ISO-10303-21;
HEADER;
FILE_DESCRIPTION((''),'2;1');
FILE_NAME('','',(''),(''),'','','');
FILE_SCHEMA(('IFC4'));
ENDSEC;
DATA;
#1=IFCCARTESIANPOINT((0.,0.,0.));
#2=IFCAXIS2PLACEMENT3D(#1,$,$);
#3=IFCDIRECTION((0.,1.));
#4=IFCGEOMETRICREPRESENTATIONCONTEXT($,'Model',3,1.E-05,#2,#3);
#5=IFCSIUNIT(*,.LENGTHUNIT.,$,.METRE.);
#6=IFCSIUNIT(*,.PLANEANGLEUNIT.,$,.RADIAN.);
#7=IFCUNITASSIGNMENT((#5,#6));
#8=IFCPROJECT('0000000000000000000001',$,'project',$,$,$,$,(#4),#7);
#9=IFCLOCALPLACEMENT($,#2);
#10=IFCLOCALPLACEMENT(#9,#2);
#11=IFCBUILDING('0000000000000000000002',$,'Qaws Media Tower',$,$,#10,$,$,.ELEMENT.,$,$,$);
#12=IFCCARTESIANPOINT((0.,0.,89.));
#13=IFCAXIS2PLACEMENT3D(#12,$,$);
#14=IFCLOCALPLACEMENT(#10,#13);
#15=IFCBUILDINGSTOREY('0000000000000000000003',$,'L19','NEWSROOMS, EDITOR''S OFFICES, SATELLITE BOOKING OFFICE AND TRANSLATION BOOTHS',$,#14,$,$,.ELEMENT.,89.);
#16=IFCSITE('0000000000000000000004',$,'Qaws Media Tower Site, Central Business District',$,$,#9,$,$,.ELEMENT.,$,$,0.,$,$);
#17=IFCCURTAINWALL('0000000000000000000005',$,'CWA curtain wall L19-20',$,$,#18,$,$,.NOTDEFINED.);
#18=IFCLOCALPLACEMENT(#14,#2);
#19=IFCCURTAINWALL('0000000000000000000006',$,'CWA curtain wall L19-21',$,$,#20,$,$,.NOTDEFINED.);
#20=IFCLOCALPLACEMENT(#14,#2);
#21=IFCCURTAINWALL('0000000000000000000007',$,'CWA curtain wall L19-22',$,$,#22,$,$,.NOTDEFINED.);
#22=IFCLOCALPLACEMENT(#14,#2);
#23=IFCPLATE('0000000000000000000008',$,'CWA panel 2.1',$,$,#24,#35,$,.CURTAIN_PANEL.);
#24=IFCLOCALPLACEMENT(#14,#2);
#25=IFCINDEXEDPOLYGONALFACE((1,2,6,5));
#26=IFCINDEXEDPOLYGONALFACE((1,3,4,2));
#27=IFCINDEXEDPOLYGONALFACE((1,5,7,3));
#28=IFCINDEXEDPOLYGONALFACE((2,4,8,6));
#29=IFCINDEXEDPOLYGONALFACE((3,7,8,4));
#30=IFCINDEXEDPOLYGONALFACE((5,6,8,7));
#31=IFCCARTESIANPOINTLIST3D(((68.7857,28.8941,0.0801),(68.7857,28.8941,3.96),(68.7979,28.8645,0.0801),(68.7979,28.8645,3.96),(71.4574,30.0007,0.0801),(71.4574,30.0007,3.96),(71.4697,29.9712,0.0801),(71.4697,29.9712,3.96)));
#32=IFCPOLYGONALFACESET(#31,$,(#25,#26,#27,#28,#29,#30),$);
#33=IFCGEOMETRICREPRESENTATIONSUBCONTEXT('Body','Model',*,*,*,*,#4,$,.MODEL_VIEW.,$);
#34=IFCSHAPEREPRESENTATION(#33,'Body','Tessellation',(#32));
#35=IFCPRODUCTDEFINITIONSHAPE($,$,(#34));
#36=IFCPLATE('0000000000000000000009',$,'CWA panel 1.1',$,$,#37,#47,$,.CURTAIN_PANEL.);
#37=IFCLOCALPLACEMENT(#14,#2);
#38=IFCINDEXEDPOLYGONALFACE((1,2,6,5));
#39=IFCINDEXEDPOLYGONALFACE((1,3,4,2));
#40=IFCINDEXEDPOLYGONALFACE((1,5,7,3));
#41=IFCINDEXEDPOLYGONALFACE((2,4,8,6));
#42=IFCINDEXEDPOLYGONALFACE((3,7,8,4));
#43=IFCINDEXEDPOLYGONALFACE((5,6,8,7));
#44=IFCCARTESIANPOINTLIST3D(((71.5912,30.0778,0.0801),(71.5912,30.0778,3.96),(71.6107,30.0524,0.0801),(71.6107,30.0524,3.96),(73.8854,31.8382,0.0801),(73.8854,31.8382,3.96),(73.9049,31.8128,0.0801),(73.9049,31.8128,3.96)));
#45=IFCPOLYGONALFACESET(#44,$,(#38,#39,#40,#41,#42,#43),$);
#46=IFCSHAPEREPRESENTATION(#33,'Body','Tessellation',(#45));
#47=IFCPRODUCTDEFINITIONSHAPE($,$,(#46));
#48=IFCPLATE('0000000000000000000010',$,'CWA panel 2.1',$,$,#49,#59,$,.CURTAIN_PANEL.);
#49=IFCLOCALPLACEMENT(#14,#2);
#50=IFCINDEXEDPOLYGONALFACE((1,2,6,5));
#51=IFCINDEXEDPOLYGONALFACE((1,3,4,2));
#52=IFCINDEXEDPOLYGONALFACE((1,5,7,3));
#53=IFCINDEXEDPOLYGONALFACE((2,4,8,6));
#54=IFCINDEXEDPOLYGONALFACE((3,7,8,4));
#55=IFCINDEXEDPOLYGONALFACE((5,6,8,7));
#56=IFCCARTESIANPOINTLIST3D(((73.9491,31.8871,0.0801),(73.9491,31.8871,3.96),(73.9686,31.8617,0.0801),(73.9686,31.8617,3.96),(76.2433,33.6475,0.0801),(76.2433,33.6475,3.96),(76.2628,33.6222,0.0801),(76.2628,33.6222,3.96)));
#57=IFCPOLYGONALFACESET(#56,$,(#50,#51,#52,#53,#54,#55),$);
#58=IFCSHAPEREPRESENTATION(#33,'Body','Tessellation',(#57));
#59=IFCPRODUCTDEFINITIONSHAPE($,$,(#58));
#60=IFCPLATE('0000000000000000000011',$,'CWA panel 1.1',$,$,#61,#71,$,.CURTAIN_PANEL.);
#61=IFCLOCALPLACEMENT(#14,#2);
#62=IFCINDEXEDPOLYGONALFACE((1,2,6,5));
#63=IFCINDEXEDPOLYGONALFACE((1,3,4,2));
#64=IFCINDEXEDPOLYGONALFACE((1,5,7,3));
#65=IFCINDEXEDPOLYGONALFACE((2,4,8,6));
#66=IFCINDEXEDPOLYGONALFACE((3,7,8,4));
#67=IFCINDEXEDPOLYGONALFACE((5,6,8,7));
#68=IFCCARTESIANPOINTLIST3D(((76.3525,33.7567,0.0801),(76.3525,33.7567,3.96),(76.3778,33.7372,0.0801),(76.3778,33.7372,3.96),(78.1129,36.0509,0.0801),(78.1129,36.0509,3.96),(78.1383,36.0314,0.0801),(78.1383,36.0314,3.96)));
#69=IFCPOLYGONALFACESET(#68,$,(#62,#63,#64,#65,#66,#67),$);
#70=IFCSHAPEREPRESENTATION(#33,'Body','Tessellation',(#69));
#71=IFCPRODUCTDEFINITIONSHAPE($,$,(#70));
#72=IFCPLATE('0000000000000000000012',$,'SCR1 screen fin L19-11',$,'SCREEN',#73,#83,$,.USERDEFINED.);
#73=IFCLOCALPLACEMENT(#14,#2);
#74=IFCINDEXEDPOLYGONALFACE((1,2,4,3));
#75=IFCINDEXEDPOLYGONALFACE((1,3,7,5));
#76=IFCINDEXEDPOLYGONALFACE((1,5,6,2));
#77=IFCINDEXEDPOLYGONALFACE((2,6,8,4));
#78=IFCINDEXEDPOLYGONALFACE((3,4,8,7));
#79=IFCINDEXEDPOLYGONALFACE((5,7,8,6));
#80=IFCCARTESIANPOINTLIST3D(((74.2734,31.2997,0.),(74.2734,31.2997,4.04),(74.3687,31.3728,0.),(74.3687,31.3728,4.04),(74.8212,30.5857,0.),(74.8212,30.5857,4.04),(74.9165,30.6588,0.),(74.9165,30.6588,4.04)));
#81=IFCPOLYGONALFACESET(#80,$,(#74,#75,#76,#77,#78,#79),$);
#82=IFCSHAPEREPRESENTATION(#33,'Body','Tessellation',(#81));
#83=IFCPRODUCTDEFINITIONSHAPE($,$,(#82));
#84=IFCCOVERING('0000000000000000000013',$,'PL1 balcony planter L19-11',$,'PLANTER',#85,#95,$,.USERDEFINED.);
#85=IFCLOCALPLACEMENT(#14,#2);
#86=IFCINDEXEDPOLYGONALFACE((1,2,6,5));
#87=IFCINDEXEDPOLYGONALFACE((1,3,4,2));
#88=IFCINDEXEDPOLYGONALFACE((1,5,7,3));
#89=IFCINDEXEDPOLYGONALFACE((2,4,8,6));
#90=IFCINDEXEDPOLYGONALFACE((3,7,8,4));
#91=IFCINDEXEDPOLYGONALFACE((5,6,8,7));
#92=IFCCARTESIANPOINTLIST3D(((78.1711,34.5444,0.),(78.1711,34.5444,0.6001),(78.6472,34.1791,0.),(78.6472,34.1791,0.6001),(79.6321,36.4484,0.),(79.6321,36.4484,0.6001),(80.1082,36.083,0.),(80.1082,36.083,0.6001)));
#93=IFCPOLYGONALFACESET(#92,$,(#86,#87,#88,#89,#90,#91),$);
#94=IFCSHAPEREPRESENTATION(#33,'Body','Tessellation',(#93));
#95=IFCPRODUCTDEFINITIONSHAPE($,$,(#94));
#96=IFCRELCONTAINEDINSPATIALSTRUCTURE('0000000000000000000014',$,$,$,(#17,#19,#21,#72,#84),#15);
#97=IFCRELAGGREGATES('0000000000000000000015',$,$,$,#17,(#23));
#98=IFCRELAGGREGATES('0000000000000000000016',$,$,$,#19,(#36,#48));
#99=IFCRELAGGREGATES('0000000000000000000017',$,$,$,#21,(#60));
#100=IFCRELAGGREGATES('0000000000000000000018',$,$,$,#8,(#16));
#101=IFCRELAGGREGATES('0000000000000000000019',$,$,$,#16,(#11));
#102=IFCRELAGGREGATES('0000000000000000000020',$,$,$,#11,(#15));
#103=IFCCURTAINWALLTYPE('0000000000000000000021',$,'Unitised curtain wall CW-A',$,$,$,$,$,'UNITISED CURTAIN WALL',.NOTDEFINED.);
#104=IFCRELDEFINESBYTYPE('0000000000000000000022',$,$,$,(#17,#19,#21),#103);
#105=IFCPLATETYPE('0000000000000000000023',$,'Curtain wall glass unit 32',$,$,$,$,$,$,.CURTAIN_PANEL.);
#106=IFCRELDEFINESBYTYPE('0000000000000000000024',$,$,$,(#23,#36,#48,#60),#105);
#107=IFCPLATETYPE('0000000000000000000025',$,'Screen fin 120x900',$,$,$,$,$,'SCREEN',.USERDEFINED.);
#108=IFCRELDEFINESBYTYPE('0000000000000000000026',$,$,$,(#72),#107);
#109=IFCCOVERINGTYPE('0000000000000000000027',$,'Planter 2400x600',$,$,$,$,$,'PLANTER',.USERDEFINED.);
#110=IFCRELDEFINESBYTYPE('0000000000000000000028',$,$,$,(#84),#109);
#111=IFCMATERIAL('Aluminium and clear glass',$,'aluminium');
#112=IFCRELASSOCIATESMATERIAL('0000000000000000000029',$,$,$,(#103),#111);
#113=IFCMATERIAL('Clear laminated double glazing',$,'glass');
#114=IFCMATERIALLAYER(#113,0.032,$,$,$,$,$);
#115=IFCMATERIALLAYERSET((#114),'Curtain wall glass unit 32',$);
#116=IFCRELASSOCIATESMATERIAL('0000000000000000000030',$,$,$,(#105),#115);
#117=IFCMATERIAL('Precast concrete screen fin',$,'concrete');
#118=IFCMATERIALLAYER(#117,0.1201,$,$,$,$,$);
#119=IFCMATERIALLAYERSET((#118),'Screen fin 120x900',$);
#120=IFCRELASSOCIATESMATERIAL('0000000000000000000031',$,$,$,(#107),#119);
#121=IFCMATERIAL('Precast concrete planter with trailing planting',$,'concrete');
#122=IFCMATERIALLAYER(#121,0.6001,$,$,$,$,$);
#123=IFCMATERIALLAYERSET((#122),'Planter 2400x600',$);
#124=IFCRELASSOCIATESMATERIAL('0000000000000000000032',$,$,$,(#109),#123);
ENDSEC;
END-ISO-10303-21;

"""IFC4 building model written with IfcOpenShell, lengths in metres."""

from ifc_helpers import new_model, si_unit, direction, frame, origin, origin_2d, place, context, subcontext, project, spatial, rectangle, extrude, material, layer, layer_set, type_object, element, aggregate, save


model = new_model("IFC4")

# Units and contexts
model_context = context("Model", 3, precision=1e-05, world=origin(), true_north=direction((0.0, 1.0)))
body_context = subcontext(model_context, "Body", "Model", "MODEL_VIEW")
ifc_project = project(units=[si_unit("LENGTHUNIT", "METRE"), si_unit("PLANEANGLEUNIT", "RADIAN")], contexts=[model_context])

# Site, building, storey
site_placement = place(None, origin())
site = spatial("IfcSite", under=ifc_project, at=site_placement, Name="Qaws Media Tower Site, Central Business District", CompositionType="ELEMENT", RefElevation=0.0)
building_placement = place(site_placement, origin())
building = spatial("IfcBuilding", under=site, at=building_placement, Name="Qaws Media Tower", CompositionType="ELEMENT")
storey_placement = place(building_placement, frame((0.0, 0.0, 89.0)))
storey = spatial("IfcBuildingStorey", under=building, at=storey_placement, Name="L19", Description="NEWSROOMS, EDITOR'S OFFICES, SATELLITE BOOKING OFFICE AND TRANSLATION BOOTHS", CompositionType="ELEMENT", Elevation=89.0)

# Curtain wall
ifc_material_1 = material(Name="Aluminium and clear glass", Category="aluminium")
curtain_wall_type = type_object("IfcCurtainWallType", Name="Unitised curtain wall CW-A", ElementType="UNITISED CURTAIN WALL", PredefinedType="NOTDEFINED", material=ifc_material_1)
curtain_wall_1_placement = place(storey_placement, origin())
curtain_wall_1 = element("IfcCurtainWall", 1, at=curtain_wall_1_placement, inside=storey, type_object=curtain_wall_type, Name="CWA curtain wall L19-20", PredefinedType="NOTDEFINED")

# Curtain walls
curtain_wall_2_placement = place(storey_placement, origin())
curtain_wall_2 = element("IfcCurtainWall", 2, at=curtain_wall_2_placement, inside=storey, type_object=curtain_wall_type, Name="CWA curtain wall L19-21", PredefinedType="NOTDEFINED")
curtain_wall_3_placement = place(storey_placement, origin())
curtain_wall_3 = element("IfcCurtainWall", 3, at=curtain_wall_3_placement, inside=storey, type_object=curtain_wall_type, Name="CWA curtain wall L19-22", PredefinedType="NOTDEFINED")

# Plates
ifc_material_2 = material(Name="Clear laminated double glazing", Category="glass")
ifc_layer_1 = layer(ifc_material_2, 0.032)
ifc_layer_set_1 = layer_set([ifc_layer_1], Name="Curtain wall glass unit 32")
plate_type_1 = type_object("IfcPlateType", Name="Curtain wall glass unit 32", PredefinedType="CURTAIN_PANEL", material=ifc_layer_set_1)
plate_1_placement = place(storey_placement, frame((70.1277, 29.4326, 0.0801), z_axis=(0.0, 0.0, 1.0), x_axis=(0.92388, 0.382683, 0.0)))
plate_1 = element("IfcPlate", 4, at=plate_1_placement, type_object=plate_type_1, Name="CWA panel 2.1", PredefinedType="CURTAIN_PANEL", context=body_context, shape_type="SweptSolid", body=[
    extrude(rectangle(XDim=2.8918, YDim=0.032, at=origin_2d()), origin(), (0.0, 0.0, 1.0), 3.8799),
])
aggregate(curtain_wall_1, [plate_1])
plate_2_placement = place(storey_placement, frame((72.748, 30.9453, 0.0801), z_axis=(0.0, 0.0, 1.0), x_axis=(0.793353, 0.608761, 0.0)))
plate_2 = element("IfcPlate", 5, at=plate_2_placement, type_object=plate_type_1, Name="CWA panel 1.1", PredefinedType="CURTAIN_PANEL", context=body_context, shape_type="SweptSolid", body=[
    extrude(rectangle(XDim=2.8918, YDim=0.032, at=origin_2d()), origin(), (0.0, 0.0, 1.0), 3.8799),
])
plate_3_placement = place(storey_placement, frame((75.106, 32.7546, 0.0801), z_axis=(0.0, 0.0, 1.0), x_axis=(0.793353, 0.608761, 0.0)))
plate_3 = element("IfcPlate", 6, at=plate_3_placement, type_object=plate_type_1, Name="CWA panel 2.1", PredefinedType="CURTAIN_PANEL", context=body_context, shape_type="SweptSolid", body=[
    extrude(rectangle(XDim=2.8918, YDim=0.032, at=origin_2d()), origin(), (0.0, 0.0, 1.0), 3.8799),
])
aggregate(curtain_wall_2, [plate_2, plate_3])
plate_4_placement = place(storey_placement, frame((77.2454, 34.894, 0.0801), z_axis=(0.0, 0.0, 1.0), x_axis=(0.608761, 0.793353, 0.0)))
plate_4 = element("IfcPlate", 7, at=plate_4_placement, type_object=plate_type_1, Name="CWA panel 1.1", PredefinedType="CURTAIN_PANEL", context=body_context, shape_type="SweptSolid", body=[
    extrude(rectangle(XDim=2.8918, YDim=0.032, at=origin_2d()), origin(), (0.0, 0.0, 1.0), 3.8799),
])
aggregate(curtain_wall_3, [plate_4])
ifc_material_3 = material(Name="Precast concrete screen fin", Category="concrete")
ifc_layer_2 = layer(ifc_material_3, 0.1201)
ifc_layer_set_2 = layer_set([ifc_layer_2], Name="Screen fin 120x900")
plate_type_2 = type_object("IfcPlateType", Name="Screen fin 120x900", ElementType="SCREEN", PredefinedType="USERDEFINED", material=ifc_layer_set_2)
plate_5_placement = place(storey_placement, frame((74.595, 30.9792, 0.0), z_axis=(0.0, 0.0, 1.0), x_axis=(0.608761, -0.793353, 0.0)))
element("IfcPlate", 8, at=plate_5_placement, inside=storey, type_object=plate_type_2, Name="SCR1 screen fin L19-11", ObjectType="SCREEN", PredefinedType="USERDEFINED", context=body_context, shape_type="SweptSolid", body=[
    extrude(rectangle(XDim=0.8999, YDim=0.1201, at=origin_2d()), origin(), (0.0, 0.0, 1.0), 4.04),
])

# Covering
ifc_material_4 = material(Name="Precast concrete planter with trailing planting", Category="concrete")
ifc_layer_3 = layer(ifc_material_4, 0.6001)
ifc_layer_set_3 = layer_set([ifc_layer_3], Name="Planter 2400x600")
covering_type = type_object("IfcCoveringType", Name="Planter 2400x600", ElementType="PLANTER", PredefinedType="USERDEFINED", material=ifc_layer_set_3)
covering_placement = place(storey_placement, frame((79.1396, 35.3137, 0.0), z_axis=(0.0, 0.0, 1.0), x_axis=(0.608761, 0.793353, 0.0)))
element("IfcCovering", 9, at=covering_placement, inside=storey, type_object=covering_type, Name="PL1 balcony planter L19-11", ObjectType="PLANTER", PredefinedType="USERDEFINED", context=body_context, shape_type="SweptSolid", body=[
    extrude(rectangle(XDim=2.3999, YDim=0.6001, at=origin_2d()), origin(), (0.0, 0.0, 1.0), 0.6001),
])

save(model, "model.ifc")
